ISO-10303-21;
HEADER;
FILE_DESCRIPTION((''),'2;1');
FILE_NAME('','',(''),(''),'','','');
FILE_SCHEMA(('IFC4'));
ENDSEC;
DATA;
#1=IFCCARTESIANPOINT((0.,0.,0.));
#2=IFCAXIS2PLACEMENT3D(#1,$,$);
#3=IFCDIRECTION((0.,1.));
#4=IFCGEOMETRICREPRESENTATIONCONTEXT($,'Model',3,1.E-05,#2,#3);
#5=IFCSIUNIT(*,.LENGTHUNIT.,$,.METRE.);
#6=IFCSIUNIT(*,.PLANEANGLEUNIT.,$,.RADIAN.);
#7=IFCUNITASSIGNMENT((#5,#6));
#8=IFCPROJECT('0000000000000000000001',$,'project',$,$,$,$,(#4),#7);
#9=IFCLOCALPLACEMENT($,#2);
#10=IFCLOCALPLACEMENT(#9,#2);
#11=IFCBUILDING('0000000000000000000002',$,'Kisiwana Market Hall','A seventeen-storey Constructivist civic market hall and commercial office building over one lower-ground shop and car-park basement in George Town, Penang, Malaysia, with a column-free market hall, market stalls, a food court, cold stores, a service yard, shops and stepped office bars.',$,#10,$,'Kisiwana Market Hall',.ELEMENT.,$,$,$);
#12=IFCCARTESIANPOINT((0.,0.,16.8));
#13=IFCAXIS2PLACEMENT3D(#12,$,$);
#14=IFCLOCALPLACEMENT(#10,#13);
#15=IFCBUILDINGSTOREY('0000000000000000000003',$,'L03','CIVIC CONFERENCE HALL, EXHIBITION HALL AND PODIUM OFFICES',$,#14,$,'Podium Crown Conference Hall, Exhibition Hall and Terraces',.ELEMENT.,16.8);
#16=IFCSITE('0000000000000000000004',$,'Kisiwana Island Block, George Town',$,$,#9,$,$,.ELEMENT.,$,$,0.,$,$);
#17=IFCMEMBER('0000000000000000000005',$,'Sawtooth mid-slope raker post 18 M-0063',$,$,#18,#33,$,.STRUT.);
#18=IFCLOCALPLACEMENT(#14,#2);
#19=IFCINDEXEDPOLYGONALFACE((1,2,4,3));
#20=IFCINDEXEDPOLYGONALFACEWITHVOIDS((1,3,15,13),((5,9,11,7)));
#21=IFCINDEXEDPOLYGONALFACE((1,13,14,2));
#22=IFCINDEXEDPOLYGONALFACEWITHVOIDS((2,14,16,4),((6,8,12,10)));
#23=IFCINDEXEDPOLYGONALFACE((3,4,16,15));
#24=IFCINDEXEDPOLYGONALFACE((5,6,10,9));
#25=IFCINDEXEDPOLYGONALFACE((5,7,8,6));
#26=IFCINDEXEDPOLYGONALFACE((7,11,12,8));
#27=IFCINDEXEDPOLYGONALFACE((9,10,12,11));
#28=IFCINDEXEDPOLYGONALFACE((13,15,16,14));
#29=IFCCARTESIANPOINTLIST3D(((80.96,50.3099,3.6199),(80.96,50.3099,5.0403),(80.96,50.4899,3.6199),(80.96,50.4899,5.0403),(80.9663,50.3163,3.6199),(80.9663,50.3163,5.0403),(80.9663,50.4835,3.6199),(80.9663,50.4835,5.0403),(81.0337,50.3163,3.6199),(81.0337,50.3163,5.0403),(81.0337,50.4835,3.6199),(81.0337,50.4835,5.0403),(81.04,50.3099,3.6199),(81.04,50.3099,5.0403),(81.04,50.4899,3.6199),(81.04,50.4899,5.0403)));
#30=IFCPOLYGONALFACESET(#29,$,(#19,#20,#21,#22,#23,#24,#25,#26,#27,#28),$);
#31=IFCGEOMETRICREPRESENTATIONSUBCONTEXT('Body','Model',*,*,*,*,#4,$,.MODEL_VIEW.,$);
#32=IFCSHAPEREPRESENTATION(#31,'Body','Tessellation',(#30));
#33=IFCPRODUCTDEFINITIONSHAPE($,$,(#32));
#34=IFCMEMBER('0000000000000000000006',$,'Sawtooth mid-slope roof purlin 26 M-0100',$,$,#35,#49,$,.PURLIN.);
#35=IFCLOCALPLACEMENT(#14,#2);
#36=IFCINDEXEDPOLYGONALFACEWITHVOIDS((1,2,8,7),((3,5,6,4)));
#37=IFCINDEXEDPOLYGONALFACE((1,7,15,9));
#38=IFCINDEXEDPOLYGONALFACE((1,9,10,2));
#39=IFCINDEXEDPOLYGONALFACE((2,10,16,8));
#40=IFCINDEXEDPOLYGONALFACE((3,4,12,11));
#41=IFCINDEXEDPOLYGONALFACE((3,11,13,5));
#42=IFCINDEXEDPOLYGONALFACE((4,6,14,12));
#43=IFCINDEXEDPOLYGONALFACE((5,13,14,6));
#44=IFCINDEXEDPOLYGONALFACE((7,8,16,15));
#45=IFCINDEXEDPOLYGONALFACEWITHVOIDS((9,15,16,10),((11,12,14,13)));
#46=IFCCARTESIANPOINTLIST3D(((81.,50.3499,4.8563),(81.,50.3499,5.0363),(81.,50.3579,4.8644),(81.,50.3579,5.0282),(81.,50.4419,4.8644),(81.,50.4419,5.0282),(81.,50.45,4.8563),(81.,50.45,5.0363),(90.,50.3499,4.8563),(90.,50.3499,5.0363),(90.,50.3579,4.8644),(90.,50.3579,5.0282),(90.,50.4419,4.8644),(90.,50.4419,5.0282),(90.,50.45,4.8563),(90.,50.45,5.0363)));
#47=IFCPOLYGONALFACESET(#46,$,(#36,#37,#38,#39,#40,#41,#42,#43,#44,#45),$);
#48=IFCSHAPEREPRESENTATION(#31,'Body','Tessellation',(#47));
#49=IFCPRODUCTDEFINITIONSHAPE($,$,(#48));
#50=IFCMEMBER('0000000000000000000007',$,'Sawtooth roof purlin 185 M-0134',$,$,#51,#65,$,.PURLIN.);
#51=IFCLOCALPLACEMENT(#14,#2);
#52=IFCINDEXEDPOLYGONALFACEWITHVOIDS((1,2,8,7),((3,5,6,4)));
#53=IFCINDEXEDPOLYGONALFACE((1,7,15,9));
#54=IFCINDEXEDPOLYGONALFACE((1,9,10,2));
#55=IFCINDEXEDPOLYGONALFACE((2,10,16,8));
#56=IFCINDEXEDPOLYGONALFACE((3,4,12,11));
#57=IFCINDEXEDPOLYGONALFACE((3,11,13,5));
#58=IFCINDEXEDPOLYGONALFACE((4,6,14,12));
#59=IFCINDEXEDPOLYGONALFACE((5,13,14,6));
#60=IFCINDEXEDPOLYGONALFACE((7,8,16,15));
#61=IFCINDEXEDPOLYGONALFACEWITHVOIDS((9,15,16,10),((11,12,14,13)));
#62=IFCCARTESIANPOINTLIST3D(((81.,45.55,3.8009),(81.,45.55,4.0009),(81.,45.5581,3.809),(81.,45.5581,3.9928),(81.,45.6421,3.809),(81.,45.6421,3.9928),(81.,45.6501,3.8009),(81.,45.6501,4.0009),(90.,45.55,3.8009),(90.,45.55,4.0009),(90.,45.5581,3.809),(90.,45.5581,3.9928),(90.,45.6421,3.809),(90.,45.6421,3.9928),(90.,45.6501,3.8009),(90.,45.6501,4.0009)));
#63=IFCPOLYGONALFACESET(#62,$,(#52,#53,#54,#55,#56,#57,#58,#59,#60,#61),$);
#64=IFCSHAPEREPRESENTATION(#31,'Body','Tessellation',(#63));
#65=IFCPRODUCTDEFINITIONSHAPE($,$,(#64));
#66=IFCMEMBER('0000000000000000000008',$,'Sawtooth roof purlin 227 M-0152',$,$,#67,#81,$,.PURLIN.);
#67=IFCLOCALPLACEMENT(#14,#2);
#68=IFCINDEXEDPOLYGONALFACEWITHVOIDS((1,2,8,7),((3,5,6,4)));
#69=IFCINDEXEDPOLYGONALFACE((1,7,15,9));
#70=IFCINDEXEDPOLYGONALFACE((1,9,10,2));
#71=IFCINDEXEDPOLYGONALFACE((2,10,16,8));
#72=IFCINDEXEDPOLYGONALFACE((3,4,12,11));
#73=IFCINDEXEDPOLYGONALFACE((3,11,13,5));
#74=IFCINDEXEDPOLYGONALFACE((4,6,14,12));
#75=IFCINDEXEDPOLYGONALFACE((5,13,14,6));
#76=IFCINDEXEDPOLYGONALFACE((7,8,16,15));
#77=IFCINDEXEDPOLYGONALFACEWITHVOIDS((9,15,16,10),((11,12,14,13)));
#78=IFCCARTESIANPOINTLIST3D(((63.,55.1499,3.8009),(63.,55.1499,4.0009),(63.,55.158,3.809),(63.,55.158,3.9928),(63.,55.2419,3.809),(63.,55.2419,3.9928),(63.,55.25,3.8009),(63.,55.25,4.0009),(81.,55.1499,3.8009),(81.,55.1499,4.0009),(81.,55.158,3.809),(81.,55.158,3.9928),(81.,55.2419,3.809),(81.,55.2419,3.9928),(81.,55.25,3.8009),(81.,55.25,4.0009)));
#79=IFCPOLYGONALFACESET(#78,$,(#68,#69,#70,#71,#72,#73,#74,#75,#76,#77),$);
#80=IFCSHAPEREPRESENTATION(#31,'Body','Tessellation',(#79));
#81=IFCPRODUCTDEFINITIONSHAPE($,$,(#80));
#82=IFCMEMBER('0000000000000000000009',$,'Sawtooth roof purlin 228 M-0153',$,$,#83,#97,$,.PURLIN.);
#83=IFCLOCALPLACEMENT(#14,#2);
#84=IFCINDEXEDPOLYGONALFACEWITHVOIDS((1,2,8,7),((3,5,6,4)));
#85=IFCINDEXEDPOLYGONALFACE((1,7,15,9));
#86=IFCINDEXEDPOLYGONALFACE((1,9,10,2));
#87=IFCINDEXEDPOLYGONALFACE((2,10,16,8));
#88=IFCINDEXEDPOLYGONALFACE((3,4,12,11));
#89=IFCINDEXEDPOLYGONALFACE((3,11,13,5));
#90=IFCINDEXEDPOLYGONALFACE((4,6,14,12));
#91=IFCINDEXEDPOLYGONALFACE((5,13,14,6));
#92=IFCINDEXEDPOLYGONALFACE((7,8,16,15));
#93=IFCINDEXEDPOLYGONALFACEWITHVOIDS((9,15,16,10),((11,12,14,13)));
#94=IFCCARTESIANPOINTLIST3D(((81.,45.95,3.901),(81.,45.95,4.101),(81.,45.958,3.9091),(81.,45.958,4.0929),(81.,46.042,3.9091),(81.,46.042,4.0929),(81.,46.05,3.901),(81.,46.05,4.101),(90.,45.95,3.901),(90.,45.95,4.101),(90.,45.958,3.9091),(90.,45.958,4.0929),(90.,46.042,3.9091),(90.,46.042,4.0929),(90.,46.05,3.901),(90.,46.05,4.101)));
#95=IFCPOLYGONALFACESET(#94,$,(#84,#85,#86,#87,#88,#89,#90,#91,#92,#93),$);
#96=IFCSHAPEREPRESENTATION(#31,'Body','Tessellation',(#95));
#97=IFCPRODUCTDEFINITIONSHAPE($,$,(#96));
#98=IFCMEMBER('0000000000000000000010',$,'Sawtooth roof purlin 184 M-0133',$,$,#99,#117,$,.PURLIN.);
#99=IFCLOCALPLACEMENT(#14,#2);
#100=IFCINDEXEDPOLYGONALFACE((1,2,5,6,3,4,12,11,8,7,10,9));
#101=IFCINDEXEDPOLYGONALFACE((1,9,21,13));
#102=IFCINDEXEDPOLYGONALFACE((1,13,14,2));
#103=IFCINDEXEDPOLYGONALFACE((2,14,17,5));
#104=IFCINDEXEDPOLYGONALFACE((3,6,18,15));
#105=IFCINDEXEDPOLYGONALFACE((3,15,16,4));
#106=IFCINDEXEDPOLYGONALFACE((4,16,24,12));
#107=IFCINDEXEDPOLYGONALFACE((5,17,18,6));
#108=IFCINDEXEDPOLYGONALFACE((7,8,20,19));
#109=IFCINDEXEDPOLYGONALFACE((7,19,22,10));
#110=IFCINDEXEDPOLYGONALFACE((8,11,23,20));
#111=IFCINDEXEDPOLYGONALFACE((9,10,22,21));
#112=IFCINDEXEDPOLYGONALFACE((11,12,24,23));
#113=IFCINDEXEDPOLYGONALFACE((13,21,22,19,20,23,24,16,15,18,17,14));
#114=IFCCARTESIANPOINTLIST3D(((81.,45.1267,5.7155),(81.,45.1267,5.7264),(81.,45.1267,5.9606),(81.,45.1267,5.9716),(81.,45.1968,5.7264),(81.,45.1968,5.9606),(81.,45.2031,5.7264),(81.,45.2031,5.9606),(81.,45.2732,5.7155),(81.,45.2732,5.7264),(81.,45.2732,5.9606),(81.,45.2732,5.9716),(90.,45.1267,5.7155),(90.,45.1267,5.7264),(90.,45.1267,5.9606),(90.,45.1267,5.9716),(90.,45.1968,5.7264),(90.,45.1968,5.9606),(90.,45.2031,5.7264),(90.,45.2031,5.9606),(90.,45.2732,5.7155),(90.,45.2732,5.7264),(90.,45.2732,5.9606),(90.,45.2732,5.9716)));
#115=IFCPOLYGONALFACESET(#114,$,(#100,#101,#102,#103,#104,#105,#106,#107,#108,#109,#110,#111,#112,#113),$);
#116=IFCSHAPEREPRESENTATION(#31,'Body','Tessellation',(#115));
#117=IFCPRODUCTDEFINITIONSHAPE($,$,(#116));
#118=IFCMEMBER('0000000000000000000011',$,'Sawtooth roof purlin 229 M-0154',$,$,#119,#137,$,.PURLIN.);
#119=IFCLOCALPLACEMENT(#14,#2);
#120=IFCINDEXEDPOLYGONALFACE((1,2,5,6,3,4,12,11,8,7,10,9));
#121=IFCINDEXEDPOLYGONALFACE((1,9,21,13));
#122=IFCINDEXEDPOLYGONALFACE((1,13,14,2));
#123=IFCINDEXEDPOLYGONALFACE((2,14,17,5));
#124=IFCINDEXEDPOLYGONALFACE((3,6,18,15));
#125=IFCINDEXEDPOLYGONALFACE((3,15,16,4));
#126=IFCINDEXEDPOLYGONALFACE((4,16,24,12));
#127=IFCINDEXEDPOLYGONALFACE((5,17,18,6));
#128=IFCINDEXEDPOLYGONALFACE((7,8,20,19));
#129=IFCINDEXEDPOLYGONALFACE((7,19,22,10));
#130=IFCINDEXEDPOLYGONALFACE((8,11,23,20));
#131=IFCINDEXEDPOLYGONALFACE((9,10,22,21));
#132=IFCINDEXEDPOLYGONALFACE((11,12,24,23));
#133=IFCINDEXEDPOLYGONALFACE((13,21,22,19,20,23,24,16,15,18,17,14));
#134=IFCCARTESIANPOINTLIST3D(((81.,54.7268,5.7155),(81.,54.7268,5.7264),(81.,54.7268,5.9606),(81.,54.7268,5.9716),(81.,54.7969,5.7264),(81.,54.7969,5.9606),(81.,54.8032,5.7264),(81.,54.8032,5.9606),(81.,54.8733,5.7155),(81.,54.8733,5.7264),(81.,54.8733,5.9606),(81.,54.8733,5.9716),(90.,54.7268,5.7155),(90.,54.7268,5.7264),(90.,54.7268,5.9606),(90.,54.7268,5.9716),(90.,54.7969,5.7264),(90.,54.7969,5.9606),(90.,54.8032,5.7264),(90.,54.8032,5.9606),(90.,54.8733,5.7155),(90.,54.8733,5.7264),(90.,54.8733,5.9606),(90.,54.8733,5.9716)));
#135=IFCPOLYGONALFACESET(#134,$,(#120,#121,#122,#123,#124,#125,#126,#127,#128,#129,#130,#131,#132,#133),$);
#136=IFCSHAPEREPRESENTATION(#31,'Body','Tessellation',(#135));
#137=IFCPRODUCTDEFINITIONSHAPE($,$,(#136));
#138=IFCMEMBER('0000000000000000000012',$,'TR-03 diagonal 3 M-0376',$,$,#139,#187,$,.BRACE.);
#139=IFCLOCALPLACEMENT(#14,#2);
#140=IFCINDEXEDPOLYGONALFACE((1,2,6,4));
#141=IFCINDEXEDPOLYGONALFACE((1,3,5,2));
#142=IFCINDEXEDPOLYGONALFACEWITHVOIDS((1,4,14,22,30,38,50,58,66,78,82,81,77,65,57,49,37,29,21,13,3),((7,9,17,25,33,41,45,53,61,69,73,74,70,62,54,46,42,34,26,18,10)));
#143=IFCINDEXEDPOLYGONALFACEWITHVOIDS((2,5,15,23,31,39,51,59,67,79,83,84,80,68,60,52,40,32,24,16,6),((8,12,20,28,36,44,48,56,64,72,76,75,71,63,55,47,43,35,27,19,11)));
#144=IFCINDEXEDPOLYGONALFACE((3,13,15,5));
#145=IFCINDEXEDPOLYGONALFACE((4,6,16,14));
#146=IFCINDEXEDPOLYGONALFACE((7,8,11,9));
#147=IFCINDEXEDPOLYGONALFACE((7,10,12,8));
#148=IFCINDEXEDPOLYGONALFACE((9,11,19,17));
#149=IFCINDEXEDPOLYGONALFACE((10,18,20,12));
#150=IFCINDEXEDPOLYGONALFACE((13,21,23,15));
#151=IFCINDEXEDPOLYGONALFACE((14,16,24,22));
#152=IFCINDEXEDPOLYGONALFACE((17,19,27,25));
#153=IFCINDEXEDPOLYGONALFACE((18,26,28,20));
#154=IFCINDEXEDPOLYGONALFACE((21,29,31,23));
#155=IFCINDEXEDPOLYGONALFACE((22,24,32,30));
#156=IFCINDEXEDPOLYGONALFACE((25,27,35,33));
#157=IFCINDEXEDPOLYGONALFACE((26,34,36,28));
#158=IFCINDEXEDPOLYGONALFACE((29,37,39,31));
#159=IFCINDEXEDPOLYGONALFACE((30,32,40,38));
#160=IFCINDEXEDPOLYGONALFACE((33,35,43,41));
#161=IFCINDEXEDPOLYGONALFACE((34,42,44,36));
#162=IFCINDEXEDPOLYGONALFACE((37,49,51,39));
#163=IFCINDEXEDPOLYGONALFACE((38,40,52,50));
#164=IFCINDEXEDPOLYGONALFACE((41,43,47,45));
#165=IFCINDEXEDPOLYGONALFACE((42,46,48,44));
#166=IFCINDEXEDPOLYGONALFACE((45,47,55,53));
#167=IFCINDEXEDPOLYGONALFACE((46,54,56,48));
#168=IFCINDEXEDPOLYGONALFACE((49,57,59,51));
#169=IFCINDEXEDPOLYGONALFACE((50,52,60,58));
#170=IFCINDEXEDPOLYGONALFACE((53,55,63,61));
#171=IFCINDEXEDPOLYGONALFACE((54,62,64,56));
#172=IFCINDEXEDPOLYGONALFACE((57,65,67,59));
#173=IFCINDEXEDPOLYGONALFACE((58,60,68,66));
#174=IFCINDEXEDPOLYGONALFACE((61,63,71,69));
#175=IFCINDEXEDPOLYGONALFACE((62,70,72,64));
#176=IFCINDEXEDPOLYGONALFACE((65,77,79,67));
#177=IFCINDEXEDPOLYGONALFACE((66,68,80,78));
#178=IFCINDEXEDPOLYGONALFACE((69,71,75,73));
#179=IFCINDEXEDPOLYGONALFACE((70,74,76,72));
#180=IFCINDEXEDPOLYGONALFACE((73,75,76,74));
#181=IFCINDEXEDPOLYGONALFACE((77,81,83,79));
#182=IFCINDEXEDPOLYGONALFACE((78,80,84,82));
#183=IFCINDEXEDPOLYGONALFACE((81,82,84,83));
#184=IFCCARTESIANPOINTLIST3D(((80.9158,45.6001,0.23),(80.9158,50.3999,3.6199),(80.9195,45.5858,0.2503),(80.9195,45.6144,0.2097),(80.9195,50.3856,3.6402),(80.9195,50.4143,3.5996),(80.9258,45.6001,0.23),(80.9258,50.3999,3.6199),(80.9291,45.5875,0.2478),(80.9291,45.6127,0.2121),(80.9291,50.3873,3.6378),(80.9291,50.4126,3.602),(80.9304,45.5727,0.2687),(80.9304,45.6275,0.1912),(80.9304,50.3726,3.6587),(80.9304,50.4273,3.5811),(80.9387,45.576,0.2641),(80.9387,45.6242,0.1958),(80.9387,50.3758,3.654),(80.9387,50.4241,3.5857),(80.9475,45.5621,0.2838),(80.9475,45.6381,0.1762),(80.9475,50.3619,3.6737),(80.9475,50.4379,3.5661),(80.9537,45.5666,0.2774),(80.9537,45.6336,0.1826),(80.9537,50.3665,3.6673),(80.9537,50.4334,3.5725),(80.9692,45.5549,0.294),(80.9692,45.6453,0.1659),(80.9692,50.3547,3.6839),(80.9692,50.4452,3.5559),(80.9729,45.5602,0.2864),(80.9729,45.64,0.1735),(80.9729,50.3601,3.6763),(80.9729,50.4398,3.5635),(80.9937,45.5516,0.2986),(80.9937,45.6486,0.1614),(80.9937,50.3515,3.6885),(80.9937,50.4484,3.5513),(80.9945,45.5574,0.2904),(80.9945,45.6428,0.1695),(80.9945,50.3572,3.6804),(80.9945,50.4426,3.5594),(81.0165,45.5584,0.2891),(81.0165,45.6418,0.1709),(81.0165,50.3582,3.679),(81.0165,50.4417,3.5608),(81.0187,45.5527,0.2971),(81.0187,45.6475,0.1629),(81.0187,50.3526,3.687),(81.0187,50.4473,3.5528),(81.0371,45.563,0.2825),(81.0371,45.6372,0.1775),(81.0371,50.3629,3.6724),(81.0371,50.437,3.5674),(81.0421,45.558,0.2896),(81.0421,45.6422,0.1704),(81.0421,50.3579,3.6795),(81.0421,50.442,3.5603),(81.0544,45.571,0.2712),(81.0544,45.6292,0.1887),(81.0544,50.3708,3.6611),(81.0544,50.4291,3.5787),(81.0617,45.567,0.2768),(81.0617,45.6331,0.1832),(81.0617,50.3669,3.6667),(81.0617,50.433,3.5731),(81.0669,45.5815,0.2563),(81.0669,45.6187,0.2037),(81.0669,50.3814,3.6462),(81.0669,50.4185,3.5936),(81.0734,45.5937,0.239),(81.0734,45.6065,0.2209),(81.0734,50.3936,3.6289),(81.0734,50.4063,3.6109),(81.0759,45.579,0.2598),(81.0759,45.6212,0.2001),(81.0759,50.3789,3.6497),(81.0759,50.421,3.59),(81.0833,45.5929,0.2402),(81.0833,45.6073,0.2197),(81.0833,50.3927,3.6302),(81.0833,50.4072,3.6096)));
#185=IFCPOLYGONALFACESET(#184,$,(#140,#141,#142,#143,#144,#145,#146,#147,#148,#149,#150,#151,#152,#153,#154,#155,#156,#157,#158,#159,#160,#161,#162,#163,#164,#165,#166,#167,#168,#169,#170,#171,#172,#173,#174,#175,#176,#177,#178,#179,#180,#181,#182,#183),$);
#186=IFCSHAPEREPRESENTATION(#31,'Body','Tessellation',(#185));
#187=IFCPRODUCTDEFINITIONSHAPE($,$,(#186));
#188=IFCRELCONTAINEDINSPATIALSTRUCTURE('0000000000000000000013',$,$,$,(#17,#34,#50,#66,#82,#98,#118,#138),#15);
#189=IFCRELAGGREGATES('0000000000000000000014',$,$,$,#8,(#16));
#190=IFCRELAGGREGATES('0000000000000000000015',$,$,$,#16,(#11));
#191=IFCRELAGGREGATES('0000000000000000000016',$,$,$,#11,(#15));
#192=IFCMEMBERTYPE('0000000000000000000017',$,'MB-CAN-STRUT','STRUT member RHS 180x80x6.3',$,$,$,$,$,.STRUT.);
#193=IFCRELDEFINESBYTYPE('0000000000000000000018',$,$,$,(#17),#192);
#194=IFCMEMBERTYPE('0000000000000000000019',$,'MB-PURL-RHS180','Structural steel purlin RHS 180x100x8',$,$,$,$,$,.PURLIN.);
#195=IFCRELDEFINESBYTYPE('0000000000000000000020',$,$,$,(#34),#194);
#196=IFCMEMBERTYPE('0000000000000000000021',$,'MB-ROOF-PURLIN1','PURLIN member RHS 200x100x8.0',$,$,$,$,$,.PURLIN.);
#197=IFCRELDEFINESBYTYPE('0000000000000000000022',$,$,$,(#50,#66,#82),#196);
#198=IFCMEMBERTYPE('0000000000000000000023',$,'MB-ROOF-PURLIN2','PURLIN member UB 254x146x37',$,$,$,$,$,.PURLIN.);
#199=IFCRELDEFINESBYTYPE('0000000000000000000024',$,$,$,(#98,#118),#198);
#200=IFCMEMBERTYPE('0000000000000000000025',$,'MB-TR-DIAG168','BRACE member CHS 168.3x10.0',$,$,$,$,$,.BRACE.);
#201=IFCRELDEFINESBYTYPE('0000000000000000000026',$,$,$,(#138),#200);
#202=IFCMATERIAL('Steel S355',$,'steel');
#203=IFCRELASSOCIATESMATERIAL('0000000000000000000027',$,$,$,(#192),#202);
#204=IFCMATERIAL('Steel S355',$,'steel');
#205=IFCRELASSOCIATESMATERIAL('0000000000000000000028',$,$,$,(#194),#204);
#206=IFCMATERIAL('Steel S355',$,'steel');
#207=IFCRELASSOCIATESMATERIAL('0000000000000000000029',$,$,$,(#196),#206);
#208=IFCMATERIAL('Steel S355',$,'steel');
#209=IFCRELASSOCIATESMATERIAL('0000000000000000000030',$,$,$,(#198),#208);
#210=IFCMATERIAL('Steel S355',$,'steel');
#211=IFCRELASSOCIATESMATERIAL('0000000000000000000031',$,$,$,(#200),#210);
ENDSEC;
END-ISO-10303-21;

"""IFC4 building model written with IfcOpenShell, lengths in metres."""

from ifc_helpers import new_model, si_unit, direction, frame, origin, origin_2d, place, context, subcontext, project, spatial, hollow_rectangle, hollow_circle, i_section, extrude, material, material_profile, profile_set, type_object, element, save


model = new_model("IFC4")

# Units and contexts
model_context = context("Model", 3, precision=1e-05, world=origin(), true_north=direction((0.0, 1.0)))
body_context = subcontext(model_context, "Body", "Model", "MODEL_VIEW")
ifc_project = project(units=[si_unit("LENGTHUNIT", "METRE"), si_unit("PLANEANGLEUNIT", "RADIAN")], contexts=[model_context])

# Site, building, storey
site_placement = place(None, origin())
site = spatial("IfcSite", under=ifc_project, at=site_placement, Name="Kisiwana Island Block, George Town", CompositionType="ELEMENT", RefElevation=0.0)
building_placement = place(site_placement, origin())
building = spatial("IfcBuilding", under=site, at=building_placement, Name="Kisiwana Market Hall", Description="A seventeen-storey Constructivist civic market hall and commercial office building over one lower-ground shop and car-park basement in George Town, Penang, Malaysia, with a column-free market hall, market stalls, a food court, cold stores, a service yard, shops and stepped office bars.", LongName="Kisiwana Market Hall", CompositionType="ELEMENT")
storey_placement = place(building_placement, frame((0.0, 0.0, 16.8)))
storey = spatial("IfcBuildingStorey", under=building, at=storey_placement, Name="L03", Description="CIVIC CONFERENCE HALL, EXHIBITION HALL AND PODIUM OFFICES", LongName="Podium Crown Conference Hall, Exhibition Hall and Terraces", CompositionType="ELEMENT", Elevation=16.8)

# Members
ifc_material_1 = material(Name="Steel S355", Category="steel")
ifc_material_profile_1 = material_profile(ifc_material_1, hollow_rectangle(XDim=0.0801, YDim=0.1799, WallThickness=0.0063, at=origin_2d()), Name="RHS 180x80x6.3")
ifc_profile_set_1 = profile_set([ifc_material_profile_1], Name="Steel S355")
member_type_1 = type_object("IfcMemberType", Name="MB-CAN-STRUT", Description="STRUT member RHS 180x80x6.3", PredefinedType="STRUT", material=ifc_profile_set_1)
member_1_placement = place(storey_placement, frame((81.0, 50.3999, 3.6199), z_axis=(0.0, 0.0, 1.0), x_axis=(1.0, 0.0, 0.0)))
element("IfcMember", 1, at=member_1_placement, inside=storey, type_object=member_type_1, Name="Sawtooth mid-slope raker post 18 M-0063", PredefinedType="STRUT", context=body_context, shape_type="SweptSolid", body=[
    extrude(hollow_rectangle(XDim=0.0801, YDim=0.1799, WallThickness=0.0063, at=origin_2d()), origin(), (0.0, 0.0, 1.0), 1.4204),
])
ifc_material_2 = material(Name="Steel S355", Category="steel")
ifc_material_profile_2 = material_profile(ifc_material_2, hollow_rectangle(XDim=0.1001, YDim=0.1799, WallThickness=0.0081, at=origin_2d()), Name="RHS 180x100x8")
ifc_profile_set_2 = profile_set([ifc_material_profile_2], Name="Steel S355")
member_type_2 = type_object("IfcMemberType", Name="MB-PURL-RHS180", Description="Structural steel purlin RHS 180x100x8", PredefinedType="PURLIN", material=ifc_profile_set_2)
member_2_placement = place(storey_placement, frame((81.0, 50.3999, 4.9463), z_axis=(1.0, 0.0, 0.0), x_axis=(0.0, 1.0, 0.0)))
element("IfcMember", 2, at=member_2_placement, inside=storey, type_object=member_type_2, Name="Sawtooth mid-slope roof purlin 26 M-0100", PredefinedType="PURLIN", context=body_context, shape_type="SweptSolid", body=[
    extrude(hollow_rectangle(XDim=0.1001, YDim=0.1799, WallThickness=0.0081, at=origin_2d()), origin(), (0.0, 0.0, 1.0), 9.0),
])
ifc_material_3 = material(Name="Steel S355", Category="steel")
ifc_material_profile_3 = material_profile(ifc_material_3, hollow_rectangle(XDim=0.1001, YDim=0.2, WallThickness=0.0081, at=origin_2d()), Name="RHS 200x100x8.0")
ifc_profile_set_3 = profile_set([ifc_material_profile_3], Name="Steel S355")
member_type_3 = type_object("IfcMemberType", Name="MB-ROOF-PURLIN1", Description="PURLIN member RHS 200x100x8.0", PredefinedType="PURLIN", material=ifc_profile_set_3)
member_3_placement = place(storey_placement, frame((81.0, 45.6001, 3.9009), z_axis=(1.0, 0.0, 0.0), x_axis=(0.0, 1.0, 0.0)))
element("IfcMember", 3, at=member_3_placement, inside=storey, type_object=member_type_3, Name="Sawtooth roof purlin 185 M-0134", PredefinedType="PURLIN", context=body_context, shape_type="SweptSolid", body=[
    extrude(hollow_rectangle(XDim=0.1001, YDim=0.2, WallThickness=0.0081, at=origin_2d()), origin(), (0.0, 0.0, 1.0), 9.0),
])
member_4_placement = place(storey_placement, frame((63.0, 55.2, 3.9009), z_axis=(1.0, 0.0, 0.0), x_axis=(0.0, 1.0, 0.0)))
element("IfcMember", 4, at=member_4_placement, inside=storey, type_object=member_type_3, Name="Sawtooth roof purlin 227 M-0152", PredefinedType="PURLIN", context=body_context, shape_type="SweptSolid", body=[
    extrude(hollow_rectangle(XDim=0.1001, YDim=0.2, WallThickness=0.0081, at=origin_2d()), origin(), (0.0, 0.0, 1.0), 18.0),
])
member_5_placement = place(storey_placement, frame((81.0, 46.0, 4.001), z_axis=(1.0, 0.0, 0.0), x_axis=(0.0, 1.0, 0.0)))
element("IfcMember", 5, at=member_5_placement, inside=storey, type_object=member_type_3, Name="Sawtooth roof purlin 228 M-0153", PredefinedType="PURLIN", context=body_context, shape_type="SweptSolid", body=[
    extrude(hollow_rectangle(XDim=0.1001, YDim=0.2, WallThickness=0.0081, at=origin_2d()), origin(), (0.0, 0.0, 1.0), 9.0),
])
ifc_material_4 = material(Name="Steel S355", Category="steel")
ifc_material_profile_4 = material_profile(ifc_material_4, i_section(OverallWidth=0.1465, OverallDepth=0.2561, WebThickness=0.0063, FlangeThickness=0.011, at=origin_2d()), Name="UB 254x146x37")
ifc_profile_set_4 = profile_set([ifc_material_profile_4], Name="Steel S355")
member_type_4 = type_object("IfcMemberType", Name="MB-ROOF-PURLIN2", Description="PURLIN member UB 254x146x37", PredefinedType="PURLIN", material=ifc_profile_set_4)
for number, where, z_axis, x_axis, name in (
    (6, (81.0, 45.2, 5.8435), (1.0, 0.0, 0.0), (0.0, 1.0, 0.0), "Sawtooth roof purlin 184 M-0133"),
    (7, (81.0, 54.8, 5.8435), (1.0, 0.0, 0.0), (0.0, 1.0, 0.0), "Sawtooth roof purlin 229 M-0154"),
):
    element("IfcMember", number, at=place(storey_placement, frame(where, z_axis=z_axis, x_axis=x_axis)), inside=storey, type_object=member_type_4, Name=name, PredefinedType="PURLIN", context=body_context, shape_type="SweptSolid", body=[
        extrude(i_section(OverallWidth=0.1465, OverallDepth=0.2561, WebThickness=0.0063, FlangeThickness=0.011, at=origin_2d()), origin(), (0.0, 0.0, 1.0), 9.0),
    ])
ifc_material_5 = material(Name="Steel S355", Category="steel")
ifc_material_profile_5 = material_profile(ifc_material_5, hollow_circle(Radius=0.0842, WallThickness=0.01, at=origin_2d()), Name="CHS 168.3x10.0")
ifc_profile_set_5 = profile_set([ifc_material_profile_5], Name="Steel S355")
member_type_5 = type_object("IfcMemberType", Name="MB-TR-DIAG168", Description="BRACE member CHS 168.3x10.0", PredefinedType="BRACE", material=ifc_profile_set_5)
member_6_placement = place(storey_placement, frame((81.0, 45.6001, 0.23), z_axis=(0.0, 0.816824, 0.576887), x_axis=(-1.0, 0.0, 0.0)))
element("IfcMember", 8, at=member_6_placement, inside=storey, type_object=member_type_5, Name="TR-03 diagonal 3 M-0376", PredefinedType="BRACE", context=body_context, shape_type="SweptSolid", body=[
    extrude(hollow_circle(Radius=0.0842, WallThickness=0.01, at=origin_2d()), origin(), (0.0, 0.0, 1.0), 5.8762),
])

save(model, "model.ifc")
